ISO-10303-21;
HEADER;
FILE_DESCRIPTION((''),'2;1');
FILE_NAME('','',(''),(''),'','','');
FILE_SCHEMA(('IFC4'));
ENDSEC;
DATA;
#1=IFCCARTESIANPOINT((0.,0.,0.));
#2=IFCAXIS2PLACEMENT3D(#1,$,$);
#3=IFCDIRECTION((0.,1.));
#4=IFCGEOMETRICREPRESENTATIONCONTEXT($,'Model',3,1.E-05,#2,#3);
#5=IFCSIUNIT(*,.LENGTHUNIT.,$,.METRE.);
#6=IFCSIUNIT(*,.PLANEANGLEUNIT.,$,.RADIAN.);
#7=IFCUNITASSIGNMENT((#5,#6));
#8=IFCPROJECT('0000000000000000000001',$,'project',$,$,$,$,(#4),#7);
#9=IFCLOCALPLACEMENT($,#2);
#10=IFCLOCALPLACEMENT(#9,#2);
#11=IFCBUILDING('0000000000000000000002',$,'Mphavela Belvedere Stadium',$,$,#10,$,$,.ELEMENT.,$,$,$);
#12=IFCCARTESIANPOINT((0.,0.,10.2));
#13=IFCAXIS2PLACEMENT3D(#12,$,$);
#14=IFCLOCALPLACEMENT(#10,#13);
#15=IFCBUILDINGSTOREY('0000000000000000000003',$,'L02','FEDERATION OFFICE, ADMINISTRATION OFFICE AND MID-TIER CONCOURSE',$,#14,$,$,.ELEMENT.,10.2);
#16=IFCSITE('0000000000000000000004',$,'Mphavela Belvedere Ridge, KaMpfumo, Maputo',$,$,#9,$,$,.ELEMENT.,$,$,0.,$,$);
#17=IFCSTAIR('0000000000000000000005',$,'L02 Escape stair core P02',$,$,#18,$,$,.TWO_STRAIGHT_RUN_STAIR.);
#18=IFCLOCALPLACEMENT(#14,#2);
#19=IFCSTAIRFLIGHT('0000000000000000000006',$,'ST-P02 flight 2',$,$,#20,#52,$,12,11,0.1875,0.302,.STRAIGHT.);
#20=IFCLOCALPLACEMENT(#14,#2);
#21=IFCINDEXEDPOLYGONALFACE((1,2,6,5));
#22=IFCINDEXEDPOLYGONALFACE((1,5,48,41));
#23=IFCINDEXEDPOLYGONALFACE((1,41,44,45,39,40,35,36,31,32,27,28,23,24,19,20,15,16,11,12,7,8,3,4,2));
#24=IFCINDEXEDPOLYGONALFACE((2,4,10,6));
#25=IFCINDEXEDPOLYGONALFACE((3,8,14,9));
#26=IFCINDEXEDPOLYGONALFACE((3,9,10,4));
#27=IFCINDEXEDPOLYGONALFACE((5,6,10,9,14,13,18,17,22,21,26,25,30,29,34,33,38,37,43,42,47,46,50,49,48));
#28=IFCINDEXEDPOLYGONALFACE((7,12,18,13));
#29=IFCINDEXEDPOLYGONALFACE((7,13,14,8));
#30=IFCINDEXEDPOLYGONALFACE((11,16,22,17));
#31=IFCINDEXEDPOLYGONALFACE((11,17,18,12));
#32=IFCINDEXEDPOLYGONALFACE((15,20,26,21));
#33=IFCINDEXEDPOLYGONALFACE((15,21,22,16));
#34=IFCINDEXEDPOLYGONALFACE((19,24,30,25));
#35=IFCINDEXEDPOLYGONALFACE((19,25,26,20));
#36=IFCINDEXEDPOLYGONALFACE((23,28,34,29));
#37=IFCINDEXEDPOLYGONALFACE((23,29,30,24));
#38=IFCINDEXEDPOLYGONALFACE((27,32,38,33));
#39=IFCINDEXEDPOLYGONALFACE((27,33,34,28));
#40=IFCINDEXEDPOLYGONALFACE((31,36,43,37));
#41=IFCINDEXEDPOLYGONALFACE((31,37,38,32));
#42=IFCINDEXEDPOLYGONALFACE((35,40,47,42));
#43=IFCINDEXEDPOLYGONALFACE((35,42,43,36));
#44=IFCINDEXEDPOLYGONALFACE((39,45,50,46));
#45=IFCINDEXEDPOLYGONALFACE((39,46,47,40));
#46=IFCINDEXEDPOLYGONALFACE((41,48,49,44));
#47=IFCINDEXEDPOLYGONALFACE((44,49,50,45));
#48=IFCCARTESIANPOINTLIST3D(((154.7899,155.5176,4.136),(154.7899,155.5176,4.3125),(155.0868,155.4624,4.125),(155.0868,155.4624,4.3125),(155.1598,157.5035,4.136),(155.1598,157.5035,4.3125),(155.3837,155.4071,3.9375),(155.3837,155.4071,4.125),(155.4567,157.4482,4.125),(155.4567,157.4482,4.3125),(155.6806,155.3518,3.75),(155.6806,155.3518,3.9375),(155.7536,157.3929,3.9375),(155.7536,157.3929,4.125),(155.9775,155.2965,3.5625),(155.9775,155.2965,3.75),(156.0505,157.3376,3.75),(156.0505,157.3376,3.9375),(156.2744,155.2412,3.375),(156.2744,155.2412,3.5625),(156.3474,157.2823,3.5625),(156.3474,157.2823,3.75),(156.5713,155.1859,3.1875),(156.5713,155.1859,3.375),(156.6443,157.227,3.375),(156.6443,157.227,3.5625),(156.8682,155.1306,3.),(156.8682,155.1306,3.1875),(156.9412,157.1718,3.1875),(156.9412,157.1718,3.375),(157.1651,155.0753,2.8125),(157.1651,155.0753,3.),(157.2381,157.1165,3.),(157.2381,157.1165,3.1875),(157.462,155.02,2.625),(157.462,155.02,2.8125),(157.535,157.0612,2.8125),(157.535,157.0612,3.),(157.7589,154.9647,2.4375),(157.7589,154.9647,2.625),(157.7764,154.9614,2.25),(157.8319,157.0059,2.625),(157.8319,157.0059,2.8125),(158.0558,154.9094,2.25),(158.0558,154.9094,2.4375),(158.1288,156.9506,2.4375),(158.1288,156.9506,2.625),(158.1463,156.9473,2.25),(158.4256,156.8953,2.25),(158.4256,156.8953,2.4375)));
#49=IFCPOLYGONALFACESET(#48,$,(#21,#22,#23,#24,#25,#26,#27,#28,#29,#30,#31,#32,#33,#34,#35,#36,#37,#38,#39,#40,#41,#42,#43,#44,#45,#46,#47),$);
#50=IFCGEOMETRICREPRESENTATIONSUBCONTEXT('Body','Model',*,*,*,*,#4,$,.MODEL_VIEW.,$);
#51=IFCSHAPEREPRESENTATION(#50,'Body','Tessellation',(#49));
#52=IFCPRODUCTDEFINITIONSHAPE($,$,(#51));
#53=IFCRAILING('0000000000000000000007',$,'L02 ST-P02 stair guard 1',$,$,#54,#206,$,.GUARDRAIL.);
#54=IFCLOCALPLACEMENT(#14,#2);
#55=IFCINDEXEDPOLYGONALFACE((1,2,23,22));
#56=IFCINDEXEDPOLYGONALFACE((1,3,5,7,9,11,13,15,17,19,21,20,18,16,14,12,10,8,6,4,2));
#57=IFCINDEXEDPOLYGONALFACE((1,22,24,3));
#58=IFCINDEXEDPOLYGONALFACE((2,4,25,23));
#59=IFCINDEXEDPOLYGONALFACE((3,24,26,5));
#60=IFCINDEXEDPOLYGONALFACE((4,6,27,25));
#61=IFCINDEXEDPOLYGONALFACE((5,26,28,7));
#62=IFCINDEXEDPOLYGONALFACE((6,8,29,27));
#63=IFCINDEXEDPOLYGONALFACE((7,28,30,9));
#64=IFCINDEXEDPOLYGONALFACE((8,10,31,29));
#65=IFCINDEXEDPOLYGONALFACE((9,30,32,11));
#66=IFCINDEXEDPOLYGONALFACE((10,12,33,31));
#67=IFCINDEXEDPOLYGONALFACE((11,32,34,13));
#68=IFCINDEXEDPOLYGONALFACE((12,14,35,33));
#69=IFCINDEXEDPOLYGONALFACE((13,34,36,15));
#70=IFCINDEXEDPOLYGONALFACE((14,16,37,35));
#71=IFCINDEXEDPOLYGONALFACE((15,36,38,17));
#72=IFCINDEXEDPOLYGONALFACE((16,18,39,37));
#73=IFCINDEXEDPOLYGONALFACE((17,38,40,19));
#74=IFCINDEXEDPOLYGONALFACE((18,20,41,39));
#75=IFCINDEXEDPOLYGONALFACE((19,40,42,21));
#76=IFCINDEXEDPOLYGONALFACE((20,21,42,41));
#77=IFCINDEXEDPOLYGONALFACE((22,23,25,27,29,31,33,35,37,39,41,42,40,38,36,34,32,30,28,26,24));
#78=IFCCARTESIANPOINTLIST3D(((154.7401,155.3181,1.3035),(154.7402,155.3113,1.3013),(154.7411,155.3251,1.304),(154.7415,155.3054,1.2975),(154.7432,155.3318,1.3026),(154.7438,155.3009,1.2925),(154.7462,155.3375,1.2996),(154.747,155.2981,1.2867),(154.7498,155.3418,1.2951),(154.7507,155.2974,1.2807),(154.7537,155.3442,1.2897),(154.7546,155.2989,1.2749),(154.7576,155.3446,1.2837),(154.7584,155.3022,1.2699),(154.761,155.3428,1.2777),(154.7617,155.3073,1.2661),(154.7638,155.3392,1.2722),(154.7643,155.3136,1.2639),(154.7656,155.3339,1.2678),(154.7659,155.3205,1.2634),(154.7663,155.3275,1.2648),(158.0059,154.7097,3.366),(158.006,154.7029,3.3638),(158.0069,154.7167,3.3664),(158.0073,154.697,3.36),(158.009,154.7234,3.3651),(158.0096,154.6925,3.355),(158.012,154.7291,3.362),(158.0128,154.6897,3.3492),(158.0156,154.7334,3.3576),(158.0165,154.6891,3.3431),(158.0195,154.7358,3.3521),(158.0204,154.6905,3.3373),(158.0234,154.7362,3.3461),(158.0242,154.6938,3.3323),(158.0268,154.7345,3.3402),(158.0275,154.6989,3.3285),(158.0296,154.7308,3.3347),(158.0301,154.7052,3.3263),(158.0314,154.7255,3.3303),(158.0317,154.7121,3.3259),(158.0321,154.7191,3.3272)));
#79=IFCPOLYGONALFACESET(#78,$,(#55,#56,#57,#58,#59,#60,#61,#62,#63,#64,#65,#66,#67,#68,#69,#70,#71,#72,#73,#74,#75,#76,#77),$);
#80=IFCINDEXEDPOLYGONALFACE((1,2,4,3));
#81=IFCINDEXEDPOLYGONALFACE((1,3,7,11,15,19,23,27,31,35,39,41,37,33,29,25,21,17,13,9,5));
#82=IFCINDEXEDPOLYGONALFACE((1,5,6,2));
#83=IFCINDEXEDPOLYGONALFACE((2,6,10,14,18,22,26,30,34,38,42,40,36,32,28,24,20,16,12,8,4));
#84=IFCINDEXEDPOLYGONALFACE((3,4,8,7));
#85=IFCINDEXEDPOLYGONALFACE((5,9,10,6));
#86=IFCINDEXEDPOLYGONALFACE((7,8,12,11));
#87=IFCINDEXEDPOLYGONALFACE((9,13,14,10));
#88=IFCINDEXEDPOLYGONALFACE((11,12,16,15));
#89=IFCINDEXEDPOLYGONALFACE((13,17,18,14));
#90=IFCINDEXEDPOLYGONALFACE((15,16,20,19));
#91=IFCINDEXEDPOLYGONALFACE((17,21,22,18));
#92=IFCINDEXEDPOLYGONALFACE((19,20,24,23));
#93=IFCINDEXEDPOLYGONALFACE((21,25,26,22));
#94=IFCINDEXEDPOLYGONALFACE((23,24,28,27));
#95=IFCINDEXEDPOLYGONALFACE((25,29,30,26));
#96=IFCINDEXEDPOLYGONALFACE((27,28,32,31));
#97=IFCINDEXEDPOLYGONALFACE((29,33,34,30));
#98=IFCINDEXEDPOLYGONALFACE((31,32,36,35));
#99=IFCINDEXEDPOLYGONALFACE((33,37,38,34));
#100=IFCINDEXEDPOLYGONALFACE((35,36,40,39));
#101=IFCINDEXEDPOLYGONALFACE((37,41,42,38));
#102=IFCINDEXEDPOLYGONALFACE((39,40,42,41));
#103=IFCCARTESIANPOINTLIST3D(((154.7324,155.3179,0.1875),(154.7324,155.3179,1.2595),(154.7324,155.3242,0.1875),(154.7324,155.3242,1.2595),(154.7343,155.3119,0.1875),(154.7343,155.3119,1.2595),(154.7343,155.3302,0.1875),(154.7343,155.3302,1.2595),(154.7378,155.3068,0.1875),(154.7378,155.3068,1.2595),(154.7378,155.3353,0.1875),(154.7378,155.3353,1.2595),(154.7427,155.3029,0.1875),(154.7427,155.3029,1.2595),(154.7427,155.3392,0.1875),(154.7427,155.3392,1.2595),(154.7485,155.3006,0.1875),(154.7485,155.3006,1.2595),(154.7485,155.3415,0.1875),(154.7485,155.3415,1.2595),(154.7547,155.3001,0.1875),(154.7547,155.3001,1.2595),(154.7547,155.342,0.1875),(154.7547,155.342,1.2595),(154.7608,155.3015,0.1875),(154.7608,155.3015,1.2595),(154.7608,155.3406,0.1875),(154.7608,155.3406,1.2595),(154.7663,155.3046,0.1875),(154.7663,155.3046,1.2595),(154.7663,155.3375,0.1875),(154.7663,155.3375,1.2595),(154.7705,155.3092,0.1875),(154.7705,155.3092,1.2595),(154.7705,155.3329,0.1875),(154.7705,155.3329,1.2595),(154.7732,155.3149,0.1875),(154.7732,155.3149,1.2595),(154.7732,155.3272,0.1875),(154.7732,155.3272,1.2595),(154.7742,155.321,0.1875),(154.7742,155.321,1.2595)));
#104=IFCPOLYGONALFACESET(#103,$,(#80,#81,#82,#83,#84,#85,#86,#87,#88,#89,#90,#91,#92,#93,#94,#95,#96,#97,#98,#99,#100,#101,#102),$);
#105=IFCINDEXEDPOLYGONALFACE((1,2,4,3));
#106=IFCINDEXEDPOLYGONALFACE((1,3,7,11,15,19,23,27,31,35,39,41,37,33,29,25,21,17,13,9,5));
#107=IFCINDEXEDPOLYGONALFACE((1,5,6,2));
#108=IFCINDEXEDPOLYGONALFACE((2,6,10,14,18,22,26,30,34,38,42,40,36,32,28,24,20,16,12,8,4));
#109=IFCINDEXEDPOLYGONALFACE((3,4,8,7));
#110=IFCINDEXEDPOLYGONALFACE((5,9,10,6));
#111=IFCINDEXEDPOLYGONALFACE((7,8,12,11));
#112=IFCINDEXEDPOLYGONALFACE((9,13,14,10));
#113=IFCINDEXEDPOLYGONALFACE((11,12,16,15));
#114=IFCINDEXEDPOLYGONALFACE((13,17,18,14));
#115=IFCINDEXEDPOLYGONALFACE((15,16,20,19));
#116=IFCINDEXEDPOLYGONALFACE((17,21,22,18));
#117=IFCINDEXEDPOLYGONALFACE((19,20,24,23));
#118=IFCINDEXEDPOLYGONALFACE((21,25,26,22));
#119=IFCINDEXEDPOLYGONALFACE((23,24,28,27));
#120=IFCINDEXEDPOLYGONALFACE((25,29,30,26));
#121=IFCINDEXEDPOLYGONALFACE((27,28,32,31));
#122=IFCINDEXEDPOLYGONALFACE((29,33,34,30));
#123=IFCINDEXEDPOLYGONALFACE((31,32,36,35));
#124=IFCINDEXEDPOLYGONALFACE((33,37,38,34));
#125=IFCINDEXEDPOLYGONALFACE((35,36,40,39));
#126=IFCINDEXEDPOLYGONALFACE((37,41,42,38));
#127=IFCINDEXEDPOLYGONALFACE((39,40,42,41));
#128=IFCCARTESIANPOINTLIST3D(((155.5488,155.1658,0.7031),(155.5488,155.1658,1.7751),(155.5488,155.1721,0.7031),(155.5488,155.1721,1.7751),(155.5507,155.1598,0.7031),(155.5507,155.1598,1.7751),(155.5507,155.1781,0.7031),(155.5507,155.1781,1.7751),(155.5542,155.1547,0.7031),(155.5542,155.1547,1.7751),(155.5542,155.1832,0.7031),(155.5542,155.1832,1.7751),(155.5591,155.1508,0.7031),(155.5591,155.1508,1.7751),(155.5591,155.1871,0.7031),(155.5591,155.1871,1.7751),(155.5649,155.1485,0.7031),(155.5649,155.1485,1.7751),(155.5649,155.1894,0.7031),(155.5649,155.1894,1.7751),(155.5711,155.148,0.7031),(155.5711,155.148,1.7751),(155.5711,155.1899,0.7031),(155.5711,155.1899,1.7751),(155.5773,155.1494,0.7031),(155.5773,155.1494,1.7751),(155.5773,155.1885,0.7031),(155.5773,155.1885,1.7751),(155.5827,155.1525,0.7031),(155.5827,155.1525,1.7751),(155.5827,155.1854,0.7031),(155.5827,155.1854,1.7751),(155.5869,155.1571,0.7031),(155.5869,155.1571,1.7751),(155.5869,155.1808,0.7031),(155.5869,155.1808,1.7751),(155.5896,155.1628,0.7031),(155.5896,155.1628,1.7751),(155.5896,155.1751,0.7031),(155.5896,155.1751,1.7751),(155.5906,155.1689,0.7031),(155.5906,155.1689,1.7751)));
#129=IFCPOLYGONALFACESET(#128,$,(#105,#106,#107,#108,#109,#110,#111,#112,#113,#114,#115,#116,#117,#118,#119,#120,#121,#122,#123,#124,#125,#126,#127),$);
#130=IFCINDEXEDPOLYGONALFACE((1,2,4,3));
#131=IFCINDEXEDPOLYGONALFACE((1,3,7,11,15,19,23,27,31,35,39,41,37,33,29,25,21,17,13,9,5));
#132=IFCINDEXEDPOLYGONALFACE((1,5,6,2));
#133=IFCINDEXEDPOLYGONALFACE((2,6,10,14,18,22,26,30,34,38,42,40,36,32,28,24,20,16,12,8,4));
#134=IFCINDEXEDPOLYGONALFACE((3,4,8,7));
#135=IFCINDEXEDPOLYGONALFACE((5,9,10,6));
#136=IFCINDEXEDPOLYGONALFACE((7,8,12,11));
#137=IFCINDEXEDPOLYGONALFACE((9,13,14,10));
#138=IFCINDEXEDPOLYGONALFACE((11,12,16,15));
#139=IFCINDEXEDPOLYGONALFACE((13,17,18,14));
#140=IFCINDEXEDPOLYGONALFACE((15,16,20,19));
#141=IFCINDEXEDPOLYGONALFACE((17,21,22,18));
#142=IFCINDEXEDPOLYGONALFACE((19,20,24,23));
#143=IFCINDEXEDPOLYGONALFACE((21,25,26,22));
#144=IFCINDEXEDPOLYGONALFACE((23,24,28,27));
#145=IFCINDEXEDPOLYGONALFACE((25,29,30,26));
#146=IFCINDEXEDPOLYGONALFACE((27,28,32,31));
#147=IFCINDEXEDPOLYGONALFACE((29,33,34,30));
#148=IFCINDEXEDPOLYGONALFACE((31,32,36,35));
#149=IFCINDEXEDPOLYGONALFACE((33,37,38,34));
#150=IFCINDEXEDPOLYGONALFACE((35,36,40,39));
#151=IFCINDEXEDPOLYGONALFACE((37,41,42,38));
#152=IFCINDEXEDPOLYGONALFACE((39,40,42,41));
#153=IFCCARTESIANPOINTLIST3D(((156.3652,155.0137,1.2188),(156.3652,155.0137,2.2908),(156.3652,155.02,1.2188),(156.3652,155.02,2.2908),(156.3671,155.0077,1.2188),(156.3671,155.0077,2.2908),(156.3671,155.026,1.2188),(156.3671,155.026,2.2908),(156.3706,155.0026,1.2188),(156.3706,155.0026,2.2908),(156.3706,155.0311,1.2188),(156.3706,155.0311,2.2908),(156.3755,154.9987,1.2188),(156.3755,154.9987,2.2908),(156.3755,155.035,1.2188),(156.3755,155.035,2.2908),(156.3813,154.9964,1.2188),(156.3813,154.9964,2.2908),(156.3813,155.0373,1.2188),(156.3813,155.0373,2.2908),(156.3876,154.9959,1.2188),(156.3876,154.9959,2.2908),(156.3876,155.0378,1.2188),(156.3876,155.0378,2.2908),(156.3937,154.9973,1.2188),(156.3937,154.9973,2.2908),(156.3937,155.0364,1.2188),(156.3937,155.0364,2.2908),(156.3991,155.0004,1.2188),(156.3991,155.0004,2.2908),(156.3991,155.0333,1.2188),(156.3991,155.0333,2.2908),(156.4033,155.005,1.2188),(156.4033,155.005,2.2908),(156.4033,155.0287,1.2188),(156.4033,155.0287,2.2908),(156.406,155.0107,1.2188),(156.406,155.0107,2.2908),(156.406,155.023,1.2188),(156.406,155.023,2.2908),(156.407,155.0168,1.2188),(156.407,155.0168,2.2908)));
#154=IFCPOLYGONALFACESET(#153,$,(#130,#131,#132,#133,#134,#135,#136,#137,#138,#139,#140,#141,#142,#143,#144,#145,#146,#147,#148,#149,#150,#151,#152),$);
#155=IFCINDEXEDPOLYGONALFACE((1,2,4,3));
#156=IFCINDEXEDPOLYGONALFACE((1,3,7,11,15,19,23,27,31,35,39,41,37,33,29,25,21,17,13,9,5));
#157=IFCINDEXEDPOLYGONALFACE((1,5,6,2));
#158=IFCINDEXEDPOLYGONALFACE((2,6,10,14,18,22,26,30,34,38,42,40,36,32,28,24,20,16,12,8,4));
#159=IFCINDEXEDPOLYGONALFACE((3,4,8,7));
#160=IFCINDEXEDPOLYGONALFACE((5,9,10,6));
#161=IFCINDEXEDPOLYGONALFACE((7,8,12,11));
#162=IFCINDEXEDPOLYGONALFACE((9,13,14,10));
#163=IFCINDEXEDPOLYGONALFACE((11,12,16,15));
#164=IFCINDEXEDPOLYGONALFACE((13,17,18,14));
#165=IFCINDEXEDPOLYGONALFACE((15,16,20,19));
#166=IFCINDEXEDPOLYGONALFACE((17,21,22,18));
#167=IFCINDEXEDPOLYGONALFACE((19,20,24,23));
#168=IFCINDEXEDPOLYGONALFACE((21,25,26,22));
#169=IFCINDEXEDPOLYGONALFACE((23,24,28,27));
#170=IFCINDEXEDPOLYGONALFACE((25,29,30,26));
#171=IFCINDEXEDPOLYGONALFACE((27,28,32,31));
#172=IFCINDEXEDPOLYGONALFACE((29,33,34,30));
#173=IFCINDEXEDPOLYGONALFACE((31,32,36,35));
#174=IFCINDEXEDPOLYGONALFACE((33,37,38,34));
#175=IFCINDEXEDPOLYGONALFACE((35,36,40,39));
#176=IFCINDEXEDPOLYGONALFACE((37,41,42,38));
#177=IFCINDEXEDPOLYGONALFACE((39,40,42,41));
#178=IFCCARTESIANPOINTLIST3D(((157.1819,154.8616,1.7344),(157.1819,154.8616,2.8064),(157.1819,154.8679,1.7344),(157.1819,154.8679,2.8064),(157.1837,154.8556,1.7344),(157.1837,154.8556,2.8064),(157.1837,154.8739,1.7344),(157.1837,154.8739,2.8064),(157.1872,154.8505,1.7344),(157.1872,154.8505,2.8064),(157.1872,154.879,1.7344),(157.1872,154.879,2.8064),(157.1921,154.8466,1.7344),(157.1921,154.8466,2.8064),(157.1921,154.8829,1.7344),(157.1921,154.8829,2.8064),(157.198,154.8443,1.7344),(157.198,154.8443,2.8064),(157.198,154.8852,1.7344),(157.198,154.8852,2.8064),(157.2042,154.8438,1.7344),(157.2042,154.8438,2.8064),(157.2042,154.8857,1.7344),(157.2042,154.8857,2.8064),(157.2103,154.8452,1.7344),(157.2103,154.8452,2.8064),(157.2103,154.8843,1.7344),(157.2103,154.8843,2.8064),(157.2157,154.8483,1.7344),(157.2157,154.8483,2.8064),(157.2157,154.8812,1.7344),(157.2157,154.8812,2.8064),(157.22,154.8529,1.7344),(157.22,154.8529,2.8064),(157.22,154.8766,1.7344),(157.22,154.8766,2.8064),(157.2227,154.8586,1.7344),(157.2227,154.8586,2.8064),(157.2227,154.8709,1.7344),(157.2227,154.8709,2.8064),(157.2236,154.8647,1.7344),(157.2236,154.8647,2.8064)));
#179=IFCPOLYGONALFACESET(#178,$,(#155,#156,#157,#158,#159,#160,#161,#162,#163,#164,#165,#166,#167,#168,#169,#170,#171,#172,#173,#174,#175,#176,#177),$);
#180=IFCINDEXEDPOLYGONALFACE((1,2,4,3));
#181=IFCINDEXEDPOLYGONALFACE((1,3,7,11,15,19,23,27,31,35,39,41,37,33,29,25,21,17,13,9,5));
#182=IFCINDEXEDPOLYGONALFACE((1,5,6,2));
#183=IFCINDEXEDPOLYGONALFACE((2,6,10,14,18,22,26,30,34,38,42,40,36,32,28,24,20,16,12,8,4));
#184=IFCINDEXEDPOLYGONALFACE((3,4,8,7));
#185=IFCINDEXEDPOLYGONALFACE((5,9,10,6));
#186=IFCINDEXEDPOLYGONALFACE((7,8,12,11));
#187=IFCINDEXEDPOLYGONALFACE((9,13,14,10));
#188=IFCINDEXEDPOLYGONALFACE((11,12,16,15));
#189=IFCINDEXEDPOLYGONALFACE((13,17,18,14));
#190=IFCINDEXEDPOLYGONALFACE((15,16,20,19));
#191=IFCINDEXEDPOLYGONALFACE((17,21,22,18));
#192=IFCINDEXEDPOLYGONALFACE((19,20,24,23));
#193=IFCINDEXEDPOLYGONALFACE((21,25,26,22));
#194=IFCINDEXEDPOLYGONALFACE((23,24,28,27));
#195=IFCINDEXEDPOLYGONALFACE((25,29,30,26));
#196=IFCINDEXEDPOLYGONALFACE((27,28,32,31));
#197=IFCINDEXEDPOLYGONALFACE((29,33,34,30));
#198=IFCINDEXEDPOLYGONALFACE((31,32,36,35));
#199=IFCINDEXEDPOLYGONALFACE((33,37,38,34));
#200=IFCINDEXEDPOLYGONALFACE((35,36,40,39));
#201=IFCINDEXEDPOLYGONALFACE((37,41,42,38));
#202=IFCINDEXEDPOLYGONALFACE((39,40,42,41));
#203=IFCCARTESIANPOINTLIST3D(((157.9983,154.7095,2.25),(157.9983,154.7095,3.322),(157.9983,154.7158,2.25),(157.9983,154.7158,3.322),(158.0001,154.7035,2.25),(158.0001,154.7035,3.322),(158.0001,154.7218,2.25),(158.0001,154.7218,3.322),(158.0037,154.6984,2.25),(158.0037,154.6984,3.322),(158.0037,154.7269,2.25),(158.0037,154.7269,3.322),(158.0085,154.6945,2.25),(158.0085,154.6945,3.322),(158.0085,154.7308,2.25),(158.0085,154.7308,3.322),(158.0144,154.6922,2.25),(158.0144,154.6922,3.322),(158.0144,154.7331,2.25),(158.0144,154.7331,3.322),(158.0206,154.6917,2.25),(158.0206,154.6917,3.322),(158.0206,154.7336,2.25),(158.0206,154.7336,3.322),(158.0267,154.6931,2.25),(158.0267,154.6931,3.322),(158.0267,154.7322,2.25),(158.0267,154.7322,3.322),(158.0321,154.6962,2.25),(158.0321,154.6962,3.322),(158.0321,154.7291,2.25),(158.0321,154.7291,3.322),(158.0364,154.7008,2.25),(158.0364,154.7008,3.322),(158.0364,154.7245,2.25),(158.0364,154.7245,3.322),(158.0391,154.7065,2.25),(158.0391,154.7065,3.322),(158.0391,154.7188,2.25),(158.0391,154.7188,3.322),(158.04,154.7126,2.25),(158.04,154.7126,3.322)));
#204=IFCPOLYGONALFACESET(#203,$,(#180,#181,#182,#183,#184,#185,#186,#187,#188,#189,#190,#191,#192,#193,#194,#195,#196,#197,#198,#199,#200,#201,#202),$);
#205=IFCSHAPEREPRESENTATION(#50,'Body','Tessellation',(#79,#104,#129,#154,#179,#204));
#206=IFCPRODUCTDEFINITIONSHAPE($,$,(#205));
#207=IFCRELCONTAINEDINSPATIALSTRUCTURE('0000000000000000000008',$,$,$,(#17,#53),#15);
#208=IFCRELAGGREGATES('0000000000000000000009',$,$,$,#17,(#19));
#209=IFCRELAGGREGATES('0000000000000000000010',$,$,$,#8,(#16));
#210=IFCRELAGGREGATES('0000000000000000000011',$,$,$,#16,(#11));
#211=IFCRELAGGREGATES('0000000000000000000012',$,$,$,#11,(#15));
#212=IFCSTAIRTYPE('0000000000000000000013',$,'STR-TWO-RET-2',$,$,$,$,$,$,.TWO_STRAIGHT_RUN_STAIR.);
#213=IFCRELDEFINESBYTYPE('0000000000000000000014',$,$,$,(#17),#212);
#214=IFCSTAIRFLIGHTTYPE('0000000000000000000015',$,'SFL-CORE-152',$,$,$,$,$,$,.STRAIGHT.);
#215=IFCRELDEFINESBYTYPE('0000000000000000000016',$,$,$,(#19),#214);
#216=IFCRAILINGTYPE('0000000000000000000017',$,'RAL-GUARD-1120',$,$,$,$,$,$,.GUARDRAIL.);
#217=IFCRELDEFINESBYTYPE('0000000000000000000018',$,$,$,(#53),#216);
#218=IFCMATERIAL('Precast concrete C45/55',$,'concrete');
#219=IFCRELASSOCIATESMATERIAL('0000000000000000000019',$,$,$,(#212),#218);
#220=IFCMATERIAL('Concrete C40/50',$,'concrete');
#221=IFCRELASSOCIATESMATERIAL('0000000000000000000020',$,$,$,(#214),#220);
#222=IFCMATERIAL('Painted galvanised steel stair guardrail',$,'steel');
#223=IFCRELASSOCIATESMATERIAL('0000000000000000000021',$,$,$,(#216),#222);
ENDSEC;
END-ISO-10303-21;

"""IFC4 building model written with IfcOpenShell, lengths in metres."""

from ifc_helpers import new_model, si_unit, direction, frame, origin, origin_2d, place, context, subcontext, project, spatial, polyline, circle, outline, extrude, material, type_object, element, aggregate, save


model = new_model("IFC4")

# Units and contexts
model_context = context("Model", 3, precision=1e-05, world=origin(), true_north=direction((0.0, 1.0)))
body_context = subcontext(model_context, "Body", "Model", "MODEL_VIEW")
ifc_project = project(units=[si_unit("LENGTHUNIT", "METRE"), si_unit("PLANEANGLEUNIT", "RADIAN")], contexts=[model_context])

# Site, building, storey
site_placement = place(None, origin())
site = spatial("IfcSite", under=ifc_project, at=site_placement, Name="Mphavela Belvedere Ridge, KaMpfumo, Maputo", CompositionType="ELEMENT", RefElevation=0.0)
building_placement = place(site_placement, origin())
building = spatial("IfcBuilding", under=site, at=building_placement, Name="Mphavela Belvedere Stadium", CompositionType="ELEMENT")
storey_placement = place(building_placement, frame((0.0, 0.0, 10.2)))
storey = spatial("IfcBuildingStorey", under=building, at=storey_placement, Name="L02", Description="FEDERATION OFFICE, ADMINISTRATION OFFICE AND MID-TIER CONCOURSE", CompositionType="ELEMENT", Elevation=10.2)

# Stair, stair flight
ifc_material_1 = material(Name="Precast concrete C45/55", Category="concrete")
stair_type = type_object("IfcStairType", Name="STR-TWO-RET-2", PredefinedType="TWO_STRAIGHT_RUN_STAIR", material=ifc_material_1)
stair_placement = place(storey_placement, origin())
stair = element("IfcStair", 1, at=stair_placement, inside=storey, type_object=stair_type, Name="L02 Escape stair core P02", PredefinedType="TWO_STRAIGHT_RUN_STAIR")
ifc_material_2 = material(Name="Concrete C40/50", Category="concrete")
stair_flight_type = type_object("IfcStairFlightType", Name="SFL-CORE-152", PredefinedType="STRAIGHT", material=ifc_material_2)
stair_flight_1_placement = place(storey_placement, frame((158.2407, 155.9023, 2.25), z_axis=(0.0, 0.0, 1.0), x_axis=(-0.983096, 0.183094, 0.0)))
stair_flight_1 = element("IfcStairFlight", 2, at=stair_flight_1_placement, type_object=stair_flight_type, Name="ST-P02 flight 2", NumberOfRisers=12, NumberOfTreads=11, PredefinedType="STRAIGHT", RiserHeight=0.1875, TreadLength=0.302, context=body_context, shape_type="SweptSolid", body=[
    extrude(outline(polyline([(0.0, 0.0), (0.0, 0.1875), (0.302, 0.1875), (0.302, 0.375), (0.604, 0.375), (0.604, 0.5625), (0.906, 0.5625), (0.906, 0.75), (1.208, 0.75), (1.208, 0.9375), (1.51, 0.9375), (1.51, 1.125), (1.812, 1.125), (1.812, 1.3125), (2.114, 1.3125), (2.114, 1.5), (2.416, 1.5), (2.416, 1.6875), (2.718, 1.6875), (2.718, 1.875), (3.02, 1.875), (3.02, 2.0625), (3.322, 2.0625), (3.322, 2.25), (3.322, 1.886), (0.2842, 0.0), (0.0, 0.0)])), frame((0.0, 1.01, 0.0), z_axis=(0.0, -1.0, 0.0), x_axis=(1.0, 0.0, 0.0)), (0.0, 0.0, 1.0), 2.02),
])
aggregate(stair, [stair_flight_1])

# Railing
ifc_material_3 = material(Name="Painted galvanised steel stair guardrail", Category="steel")
railing_type_1 = type_object("IfcRailingType", Name="RAL-GUARD-1120", PredefinedType="GUARDRAIL", material=ifc_material_3)
railing_1_placement = place(storey_placement, frame((154.7532, 155.321, 0.1875)))
element("IfcRailing", 3, at=railing_1_placement, inside=storey, type_object=railing_type_1, Name="L02 ST-P02 stair guard 1", PredefinedType="GUARDRAIL", context=body_context, shape_type="SweptSolid", body=[
    extrude(circle(Radius=0.0239, at=origin_2d()), frame((0.0, 0.0, 1.0962), z_axis=(0.83521, -0.155591, 0.527462), x_axis=(0.183139, 0.983087, 0.0)), (0.0, 0.0, 1.0), 3.9102),
    extrude(circle(Radius=0.021, at=origin_2d()), origin(), (0.0, 0.0, 1.0), 1.072),
    extrude(circle(Radius=0.021, at=origin_2d()), frame((0.8164, -0.1521, 0.5156)), (0.0, 0.0, 1.0), 1.072),
    extrude(circle(Radius=0.021, at=origin_2d()), frame((1.6328, -0.3042, 1.0312)), (0.0, 0.0, 1.0), 1.072),
    extrude(circle(Radius=0.021, at=origin_2d()), frame((2.4495, -0.4563, 1.5469)), (0.0, 0.0, 1.0), 1.072),
    extrude(circle(Radius=0.021, at=origin_2d()), frame((3.2659, -0.6084, 2.0625)), (0.0, 0.0, 1.0), 1.072),
])

save(model, "model.ifc")
